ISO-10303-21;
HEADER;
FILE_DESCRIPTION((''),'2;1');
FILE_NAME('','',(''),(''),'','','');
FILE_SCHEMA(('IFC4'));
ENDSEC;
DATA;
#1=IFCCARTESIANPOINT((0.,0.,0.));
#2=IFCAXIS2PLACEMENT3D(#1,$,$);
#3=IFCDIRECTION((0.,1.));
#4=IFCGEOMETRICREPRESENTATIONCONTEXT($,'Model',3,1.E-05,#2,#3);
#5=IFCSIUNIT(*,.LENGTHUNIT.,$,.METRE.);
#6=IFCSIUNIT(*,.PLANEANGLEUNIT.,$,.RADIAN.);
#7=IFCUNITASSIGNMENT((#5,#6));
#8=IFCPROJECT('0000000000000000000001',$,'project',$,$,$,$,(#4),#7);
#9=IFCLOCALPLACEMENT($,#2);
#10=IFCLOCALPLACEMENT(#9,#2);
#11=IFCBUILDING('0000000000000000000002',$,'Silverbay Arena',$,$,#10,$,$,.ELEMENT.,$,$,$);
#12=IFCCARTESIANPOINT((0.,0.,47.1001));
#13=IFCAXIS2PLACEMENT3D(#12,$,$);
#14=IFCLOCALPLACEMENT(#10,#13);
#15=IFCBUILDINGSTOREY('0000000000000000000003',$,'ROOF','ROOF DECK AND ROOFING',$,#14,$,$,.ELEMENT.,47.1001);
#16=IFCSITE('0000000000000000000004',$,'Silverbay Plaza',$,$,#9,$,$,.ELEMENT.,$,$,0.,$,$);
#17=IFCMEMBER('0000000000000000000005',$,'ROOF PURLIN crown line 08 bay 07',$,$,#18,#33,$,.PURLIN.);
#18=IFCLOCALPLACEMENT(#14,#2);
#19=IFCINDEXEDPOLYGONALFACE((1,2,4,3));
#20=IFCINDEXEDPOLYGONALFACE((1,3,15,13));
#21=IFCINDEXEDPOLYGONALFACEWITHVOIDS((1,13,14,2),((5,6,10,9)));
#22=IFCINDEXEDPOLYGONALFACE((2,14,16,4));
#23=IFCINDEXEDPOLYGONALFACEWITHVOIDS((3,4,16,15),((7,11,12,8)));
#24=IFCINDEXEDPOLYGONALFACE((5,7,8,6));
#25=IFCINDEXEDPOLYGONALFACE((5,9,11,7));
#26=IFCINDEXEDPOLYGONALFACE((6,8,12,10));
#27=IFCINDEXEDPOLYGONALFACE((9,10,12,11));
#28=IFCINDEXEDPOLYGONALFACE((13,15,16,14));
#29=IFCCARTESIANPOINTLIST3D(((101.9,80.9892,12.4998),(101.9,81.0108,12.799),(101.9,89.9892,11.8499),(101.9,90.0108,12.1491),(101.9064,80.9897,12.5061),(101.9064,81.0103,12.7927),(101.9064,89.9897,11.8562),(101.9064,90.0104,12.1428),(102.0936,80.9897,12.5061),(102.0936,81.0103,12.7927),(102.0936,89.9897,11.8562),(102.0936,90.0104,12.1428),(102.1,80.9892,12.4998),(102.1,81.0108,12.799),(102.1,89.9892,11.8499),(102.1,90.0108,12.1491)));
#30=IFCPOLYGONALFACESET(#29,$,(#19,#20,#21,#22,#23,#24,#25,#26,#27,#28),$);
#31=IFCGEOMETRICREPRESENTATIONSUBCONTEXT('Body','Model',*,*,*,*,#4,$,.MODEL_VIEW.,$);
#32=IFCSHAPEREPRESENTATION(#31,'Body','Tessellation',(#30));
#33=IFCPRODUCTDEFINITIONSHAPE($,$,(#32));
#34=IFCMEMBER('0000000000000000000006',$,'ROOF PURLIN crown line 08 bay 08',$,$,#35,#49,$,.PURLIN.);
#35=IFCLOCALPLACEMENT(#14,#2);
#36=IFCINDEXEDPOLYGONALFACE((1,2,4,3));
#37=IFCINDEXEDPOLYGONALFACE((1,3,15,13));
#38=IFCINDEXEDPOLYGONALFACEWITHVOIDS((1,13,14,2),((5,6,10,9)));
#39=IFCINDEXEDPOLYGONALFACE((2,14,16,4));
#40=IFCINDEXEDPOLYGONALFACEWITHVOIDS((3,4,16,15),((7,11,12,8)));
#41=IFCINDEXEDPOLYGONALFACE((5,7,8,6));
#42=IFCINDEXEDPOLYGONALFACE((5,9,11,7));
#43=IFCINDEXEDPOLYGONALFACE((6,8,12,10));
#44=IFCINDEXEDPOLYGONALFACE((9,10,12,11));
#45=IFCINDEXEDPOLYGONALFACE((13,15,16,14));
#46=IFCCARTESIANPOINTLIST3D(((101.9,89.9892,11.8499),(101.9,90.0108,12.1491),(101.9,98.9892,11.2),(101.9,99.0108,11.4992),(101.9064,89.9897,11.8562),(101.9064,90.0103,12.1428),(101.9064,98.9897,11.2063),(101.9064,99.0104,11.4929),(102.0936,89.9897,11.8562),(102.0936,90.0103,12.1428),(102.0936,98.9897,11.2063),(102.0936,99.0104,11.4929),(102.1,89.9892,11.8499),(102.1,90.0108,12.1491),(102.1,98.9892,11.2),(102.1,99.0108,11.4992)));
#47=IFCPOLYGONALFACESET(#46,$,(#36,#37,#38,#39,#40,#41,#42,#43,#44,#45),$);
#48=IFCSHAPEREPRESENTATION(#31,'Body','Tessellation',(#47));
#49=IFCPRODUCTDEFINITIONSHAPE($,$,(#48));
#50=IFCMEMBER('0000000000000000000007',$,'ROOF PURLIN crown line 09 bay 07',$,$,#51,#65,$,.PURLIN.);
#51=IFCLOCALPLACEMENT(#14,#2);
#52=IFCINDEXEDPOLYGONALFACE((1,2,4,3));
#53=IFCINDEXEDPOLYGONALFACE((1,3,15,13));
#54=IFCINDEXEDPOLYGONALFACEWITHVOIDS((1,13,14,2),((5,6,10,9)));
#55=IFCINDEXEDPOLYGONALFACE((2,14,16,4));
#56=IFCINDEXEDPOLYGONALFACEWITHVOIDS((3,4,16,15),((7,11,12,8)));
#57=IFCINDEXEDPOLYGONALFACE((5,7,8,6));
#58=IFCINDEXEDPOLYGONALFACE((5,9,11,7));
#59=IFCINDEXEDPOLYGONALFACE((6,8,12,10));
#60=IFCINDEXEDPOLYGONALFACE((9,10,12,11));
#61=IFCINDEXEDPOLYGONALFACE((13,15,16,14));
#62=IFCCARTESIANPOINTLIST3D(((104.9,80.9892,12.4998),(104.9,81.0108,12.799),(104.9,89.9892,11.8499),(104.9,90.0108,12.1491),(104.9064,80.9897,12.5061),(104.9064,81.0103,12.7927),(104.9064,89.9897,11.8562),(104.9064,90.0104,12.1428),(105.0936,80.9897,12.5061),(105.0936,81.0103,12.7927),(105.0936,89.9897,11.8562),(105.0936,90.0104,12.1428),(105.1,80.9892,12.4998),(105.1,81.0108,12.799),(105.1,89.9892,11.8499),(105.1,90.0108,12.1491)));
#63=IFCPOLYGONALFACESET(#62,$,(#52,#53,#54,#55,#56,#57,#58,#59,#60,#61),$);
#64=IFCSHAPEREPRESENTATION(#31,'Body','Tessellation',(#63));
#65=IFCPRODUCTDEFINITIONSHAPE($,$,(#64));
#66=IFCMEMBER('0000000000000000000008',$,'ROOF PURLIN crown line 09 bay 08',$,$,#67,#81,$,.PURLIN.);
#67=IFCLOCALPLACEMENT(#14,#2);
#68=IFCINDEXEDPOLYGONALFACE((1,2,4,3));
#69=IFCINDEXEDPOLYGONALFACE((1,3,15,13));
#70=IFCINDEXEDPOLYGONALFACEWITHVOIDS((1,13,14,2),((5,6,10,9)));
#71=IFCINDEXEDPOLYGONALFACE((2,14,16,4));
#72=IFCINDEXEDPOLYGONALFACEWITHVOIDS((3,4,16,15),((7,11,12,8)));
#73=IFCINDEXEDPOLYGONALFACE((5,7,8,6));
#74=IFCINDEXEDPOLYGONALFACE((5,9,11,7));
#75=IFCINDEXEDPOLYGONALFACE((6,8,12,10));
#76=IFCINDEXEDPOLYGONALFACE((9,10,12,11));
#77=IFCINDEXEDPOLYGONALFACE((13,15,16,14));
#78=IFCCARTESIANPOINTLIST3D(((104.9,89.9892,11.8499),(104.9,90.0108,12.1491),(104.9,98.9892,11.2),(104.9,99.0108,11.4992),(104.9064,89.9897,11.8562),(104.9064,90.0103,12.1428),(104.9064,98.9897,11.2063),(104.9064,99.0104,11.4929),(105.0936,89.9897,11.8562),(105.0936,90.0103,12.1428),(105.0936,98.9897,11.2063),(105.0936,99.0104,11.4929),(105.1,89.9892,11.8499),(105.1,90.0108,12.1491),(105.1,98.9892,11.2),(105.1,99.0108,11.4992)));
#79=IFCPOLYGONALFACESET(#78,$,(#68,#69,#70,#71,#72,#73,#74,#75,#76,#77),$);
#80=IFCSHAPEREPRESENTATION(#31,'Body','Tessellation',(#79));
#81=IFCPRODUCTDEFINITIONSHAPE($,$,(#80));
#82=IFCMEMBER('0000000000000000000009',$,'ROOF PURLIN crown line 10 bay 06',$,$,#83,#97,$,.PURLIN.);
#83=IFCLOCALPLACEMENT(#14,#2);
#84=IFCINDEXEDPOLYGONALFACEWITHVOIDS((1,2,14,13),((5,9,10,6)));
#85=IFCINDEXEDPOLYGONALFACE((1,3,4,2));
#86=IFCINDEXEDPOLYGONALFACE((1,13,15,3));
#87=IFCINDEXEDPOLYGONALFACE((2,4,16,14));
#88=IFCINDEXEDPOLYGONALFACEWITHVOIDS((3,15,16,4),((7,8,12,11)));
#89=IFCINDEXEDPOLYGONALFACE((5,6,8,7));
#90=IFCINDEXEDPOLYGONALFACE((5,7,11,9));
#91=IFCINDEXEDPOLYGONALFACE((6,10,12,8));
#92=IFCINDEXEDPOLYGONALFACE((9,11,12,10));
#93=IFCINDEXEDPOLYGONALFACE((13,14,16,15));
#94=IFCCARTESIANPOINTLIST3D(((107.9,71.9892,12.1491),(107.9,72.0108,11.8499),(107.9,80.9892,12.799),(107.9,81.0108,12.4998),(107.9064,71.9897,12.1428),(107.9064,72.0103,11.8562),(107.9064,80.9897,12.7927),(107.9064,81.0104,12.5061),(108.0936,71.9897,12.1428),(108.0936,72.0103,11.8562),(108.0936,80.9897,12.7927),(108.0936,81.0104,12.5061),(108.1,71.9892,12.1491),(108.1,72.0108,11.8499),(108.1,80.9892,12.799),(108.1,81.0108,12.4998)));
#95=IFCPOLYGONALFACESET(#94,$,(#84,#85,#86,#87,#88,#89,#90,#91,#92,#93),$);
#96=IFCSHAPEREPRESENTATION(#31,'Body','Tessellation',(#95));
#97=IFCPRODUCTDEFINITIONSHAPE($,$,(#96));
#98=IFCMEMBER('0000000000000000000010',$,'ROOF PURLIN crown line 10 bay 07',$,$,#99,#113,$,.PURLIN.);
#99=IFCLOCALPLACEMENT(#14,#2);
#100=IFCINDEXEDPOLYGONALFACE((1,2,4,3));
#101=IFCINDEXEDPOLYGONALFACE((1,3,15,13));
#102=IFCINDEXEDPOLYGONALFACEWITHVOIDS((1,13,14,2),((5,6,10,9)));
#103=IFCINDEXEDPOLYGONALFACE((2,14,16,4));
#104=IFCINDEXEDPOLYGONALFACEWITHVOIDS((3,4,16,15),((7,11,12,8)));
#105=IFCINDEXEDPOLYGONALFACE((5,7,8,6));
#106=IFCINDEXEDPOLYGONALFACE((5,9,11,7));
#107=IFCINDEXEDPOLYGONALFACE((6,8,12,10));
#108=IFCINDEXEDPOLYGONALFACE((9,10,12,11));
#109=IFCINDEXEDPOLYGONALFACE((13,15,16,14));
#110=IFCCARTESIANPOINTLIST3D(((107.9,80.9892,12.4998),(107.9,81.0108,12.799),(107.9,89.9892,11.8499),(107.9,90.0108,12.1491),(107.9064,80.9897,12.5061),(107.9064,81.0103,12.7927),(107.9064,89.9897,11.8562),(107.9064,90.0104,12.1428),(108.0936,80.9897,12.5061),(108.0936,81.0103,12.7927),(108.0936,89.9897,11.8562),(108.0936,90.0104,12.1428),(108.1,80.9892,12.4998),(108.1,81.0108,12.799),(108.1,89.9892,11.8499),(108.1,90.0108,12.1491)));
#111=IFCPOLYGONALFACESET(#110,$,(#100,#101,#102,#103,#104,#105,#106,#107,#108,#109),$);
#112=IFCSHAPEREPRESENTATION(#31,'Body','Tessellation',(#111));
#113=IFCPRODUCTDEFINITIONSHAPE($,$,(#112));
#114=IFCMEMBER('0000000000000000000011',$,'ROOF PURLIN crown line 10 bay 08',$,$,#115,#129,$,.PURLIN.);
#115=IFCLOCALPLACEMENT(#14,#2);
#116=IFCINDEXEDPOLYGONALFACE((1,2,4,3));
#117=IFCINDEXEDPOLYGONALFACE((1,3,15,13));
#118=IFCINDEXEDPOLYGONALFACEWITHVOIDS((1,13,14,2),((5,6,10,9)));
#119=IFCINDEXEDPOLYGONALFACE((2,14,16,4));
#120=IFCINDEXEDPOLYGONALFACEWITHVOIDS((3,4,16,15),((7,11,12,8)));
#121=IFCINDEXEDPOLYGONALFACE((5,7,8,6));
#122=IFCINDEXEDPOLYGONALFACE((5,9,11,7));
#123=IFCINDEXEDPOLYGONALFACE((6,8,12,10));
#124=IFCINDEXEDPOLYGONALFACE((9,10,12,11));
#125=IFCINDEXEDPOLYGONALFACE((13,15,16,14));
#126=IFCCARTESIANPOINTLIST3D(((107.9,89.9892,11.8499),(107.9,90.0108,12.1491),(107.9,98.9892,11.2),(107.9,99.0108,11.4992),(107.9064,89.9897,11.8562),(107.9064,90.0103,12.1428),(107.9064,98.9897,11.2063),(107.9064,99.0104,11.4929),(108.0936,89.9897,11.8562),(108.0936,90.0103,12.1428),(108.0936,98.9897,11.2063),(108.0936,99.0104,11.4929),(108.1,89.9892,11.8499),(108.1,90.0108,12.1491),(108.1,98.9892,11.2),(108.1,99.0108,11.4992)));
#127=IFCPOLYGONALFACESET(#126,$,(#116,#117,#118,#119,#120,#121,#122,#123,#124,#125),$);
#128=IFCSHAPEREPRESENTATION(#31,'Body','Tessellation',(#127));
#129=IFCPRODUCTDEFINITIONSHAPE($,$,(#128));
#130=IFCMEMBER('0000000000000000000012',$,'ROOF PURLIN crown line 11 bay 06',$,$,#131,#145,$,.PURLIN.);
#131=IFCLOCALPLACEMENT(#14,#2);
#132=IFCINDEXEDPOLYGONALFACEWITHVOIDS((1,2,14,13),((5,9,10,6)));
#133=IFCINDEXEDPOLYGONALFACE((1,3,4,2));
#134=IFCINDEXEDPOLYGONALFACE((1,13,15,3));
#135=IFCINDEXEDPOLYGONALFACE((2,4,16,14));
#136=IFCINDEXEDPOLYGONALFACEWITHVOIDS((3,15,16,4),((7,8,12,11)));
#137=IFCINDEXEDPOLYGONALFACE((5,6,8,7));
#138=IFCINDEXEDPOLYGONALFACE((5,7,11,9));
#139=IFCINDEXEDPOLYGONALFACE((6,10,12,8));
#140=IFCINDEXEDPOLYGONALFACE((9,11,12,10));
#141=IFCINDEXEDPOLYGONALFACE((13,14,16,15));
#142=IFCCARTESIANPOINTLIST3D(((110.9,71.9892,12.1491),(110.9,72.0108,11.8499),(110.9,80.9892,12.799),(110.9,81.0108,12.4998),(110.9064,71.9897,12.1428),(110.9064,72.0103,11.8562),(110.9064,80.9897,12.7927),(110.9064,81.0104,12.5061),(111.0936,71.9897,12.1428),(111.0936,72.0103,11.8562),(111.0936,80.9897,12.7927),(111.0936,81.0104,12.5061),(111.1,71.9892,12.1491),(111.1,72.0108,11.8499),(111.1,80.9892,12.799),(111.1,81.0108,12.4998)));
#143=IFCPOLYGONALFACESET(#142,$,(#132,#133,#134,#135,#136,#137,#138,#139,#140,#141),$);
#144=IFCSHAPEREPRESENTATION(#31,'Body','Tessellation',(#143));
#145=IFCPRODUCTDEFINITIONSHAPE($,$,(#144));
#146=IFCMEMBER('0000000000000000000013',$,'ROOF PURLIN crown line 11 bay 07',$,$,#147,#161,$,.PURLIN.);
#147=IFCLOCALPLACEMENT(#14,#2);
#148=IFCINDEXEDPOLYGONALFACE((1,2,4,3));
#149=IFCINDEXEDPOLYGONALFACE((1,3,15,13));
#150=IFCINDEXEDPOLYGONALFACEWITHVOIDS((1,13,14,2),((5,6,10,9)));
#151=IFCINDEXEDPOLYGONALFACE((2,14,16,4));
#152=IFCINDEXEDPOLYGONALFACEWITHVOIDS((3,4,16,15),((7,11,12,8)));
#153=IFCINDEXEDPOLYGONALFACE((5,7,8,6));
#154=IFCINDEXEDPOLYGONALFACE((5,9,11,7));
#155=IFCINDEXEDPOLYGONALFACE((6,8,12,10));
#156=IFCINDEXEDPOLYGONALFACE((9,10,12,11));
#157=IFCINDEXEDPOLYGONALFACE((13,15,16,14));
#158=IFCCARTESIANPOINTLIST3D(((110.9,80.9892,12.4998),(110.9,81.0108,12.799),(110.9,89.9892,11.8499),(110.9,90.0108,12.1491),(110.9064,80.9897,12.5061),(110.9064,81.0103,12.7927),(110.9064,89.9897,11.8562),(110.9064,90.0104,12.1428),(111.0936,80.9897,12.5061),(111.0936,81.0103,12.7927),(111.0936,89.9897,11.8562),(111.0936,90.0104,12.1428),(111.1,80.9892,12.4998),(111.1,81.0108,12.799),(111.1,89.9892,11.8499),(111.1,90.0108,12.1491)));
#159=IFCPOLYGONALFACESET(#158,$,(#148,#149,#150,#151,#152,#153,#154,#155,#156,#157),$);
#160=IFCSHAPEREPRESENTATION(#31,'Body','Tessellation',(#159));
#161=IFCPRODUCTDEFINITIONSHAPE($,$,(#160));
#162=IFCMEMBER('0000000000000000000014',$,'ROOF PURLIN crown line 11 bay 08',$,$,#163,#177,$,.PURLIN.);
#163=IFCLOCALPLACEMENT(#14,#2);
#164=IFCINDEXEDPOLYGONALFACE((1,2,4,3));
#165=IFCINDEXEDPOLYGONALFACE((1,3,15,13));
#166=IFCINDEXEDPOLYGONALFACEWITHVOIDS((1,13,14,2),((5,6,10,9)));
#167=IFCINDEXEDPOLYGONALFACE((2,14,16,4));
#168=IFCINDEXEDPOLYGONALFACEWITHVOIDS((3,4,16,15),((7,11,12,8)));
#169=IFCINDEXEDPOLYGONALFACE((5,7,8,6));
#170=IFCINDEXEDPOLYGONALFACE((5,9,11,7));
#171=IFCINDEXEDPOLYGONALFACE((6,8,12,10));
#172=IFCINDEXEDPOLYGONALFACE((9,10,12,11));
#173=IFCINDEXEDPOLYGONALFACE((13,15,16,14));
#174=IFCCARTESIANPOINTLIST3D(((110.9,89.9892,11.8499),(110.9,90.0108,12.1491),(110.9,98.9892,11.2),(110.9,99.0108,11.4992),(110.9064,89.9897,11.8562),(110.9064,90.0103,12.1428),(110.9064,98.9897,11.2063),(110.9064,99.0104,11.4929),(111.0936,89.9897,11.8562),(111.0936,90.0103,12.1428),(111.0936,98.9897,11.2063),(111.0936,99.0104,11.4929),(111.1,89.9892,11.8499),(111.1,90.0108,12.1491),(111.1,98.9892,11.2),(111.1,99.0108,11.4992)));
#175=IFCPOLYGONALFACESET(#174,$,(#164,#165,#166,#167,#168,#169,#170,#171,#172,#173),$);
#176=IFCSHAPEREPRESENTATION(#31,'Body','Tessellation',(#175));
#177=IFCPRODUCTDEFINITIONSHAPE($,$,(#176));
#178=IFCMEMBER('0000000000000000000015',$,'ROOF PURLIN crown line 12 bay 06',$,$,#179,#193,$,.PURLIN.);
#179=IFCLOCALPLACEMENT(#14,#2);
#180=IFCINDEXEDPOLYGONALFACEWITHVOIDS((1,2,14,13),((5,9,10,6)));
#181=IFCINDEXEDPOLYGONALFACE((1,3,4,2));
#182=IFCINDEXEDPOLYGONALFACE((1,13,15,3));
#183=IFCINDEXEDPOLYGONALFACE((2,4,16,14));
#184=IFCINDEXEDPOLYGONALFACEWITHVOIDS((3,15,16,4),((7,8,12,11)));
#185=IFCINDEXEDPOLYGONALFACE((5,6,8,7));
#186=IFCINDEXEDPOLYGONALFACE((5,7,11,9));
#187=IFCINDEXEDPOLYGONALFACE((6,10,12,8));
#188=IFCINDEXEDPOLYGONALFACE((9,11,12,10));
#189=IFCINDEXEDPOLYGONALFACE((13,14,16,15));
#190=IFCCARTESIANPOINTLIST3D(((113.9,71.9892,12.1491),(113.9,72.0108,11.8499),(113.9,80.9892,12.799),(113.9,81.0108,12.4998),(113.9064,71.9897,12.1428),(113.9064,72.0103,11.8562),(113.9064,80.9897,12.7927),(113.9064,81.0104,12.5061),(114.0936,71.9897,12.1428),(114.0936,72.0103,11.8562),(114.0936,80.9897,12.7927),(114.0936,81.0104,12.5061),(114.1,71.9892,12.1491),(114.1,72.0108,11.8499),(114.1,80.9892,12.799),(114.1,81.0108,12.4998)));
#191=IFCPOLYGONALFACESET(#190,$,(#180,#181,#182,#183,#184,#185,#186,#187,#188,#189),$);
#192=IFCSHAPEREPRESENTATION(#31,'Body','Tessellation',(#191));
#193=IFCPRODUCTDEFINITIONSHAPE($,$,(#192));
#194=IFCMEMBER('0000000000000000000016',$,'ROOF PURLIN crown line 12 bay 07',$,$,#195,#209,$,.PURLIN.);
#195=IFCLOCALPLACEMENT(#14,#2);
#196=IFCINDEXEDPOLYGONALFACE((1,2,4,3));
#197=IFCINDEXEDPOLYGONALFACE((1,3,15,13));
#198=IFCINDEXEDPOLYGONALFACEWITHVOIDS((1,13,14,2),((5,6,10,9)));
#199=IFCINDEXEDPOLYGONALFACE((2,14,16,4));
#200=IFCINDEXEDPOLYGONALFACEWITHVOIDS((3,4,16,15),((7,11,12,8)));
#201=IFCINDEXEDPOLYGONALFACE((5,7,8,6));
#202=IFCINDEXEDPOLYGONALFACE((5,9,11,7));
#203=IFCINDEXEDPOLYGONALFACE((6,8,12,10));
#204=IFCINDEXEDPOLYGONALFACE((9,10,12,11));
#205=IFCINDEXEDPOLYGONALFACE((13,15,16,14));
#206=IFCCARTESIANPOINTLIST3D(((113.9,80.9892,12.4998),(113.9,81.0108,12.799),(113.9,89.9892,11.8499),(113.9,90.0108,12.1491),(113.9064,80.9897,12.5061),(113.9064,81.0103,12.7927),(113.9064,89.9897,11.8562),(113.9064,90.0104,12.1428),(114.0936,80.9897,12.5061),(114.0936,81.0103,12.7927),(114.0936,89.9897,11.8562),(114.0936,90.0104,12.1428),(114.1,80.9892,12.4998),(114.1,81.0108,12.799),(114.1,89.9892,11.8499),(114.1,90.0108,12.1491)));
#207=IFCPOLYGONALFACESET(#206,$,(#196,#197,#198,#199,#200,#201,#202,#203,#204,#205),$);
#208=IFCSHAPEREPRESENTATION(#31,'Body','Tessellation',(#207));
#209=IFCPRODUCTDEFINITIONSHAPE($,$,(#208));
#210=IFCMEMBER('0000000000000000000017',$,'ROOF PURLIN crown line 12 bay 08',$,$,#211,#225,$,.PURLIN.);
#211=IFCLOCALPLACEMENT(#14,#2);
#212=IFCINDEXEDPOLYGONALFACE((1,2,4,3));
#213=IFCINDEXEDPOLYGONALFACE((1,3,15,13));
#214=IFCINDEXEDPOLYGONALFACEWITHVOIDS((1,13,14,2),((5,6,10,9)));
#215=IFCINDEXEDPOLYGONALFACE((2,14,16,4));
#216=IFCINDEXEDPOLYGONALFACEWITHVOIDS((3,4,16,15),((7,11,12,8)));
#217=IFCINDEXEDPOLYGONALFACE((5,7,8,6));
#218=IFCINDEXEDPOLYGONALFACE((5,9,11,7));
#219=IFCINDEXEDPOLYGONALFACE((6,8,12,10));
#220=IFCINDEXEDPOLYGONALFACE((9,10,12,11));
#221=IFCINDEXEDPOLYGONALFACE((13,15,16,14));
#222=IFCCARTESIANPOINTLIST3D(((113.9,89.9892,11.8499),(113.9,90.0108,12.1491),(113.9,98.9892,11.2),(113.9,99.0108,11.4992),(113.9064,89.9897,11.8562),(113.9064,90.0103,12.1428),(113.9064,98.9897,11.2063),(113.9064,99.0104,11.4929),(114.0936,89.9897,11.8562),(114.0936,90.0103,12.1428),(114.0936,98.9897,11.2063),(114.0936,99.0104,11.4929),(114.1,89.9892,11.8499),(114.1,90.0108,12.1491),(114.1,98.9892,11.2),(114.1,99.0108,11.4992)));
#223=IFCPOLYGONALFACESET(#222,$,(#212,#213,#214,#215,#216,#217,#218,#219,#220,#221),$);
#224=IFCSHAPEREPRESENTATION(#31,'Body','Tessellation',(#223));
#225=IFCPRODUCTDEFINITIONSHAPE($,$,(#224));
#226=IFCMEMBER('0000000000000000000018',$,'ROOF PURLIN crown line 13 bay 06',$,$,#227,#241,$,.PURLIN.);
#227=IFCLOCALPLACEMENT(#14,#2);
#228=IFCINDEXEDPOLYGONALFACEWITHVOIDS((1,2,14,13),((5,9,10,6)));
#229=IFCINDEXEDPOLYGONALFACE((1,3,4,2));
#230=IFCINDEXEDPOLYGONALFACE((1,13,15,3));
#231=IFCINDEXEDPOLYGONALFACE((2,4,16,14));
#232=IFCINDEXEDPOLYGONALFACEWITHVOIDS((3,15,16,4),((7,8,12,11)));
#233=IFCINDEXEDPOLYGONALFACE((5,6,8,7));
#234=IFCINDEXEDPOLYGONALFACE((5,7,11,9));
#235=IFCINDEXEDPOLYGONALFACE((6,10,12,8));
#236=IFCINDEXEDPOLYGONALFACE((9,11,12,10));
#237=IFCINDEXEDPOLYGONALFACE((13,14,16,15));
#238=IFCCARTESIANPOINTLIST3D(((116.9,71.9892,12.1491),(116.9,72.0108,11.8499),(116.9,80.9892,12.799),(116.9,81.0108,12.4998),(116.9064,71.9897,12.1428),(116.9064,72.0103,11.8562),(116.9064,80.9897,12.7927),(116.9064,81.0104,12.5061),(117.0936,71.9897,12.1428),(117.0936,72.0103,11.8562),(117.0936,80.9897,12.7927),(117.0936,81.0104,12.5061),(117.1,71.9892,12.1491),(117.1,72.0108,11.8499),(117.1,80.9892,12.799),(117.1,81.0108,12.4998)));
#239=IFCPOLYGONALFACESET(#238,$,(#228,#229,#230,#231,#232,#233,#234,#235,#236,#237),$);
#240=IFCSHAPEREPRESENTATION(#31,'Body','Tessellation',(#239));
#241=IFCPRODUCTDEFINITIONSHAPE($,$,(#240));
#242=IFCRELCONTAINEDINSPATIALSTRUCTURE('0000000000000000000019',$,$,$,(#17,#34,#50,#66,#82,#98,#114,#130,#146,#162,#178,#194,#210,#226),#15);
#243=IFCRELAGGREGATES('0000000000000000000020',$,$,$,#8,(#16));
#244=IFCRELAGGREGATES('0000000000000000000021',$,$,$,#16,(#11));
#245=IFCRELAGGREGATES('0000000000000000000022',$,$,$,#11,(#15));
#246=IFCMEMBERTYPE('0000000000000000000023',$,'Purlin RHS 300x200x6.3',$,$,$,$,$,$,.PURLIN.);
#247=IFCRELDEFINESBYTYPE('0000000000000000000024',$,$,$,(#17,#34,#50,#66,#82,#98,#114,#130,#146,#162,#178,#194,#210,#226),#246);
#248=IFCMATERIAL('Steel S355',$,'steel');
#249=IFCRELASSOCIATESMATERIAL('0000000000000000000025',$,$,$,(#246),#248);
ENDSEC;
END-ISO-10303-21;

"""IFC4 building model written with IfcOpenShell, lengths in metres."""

from ifc_helpers import new_model, si_unit, direction, frame, origin, origin_2d, place, context, subcontext, project, spatial, hollow_rectangle, extrude, material, material_profile, profile_set, type_object, element, save


model = new_model("IFC4")

# Units and contexts
model_context = context("Model", 3, precision=1e-05, world=origin(), true_north=direction((0.0, 1.0)))
body_context = subcontext(model_context, "Body", "Model", "MODEL_VIEW")
ifc_project = project(units=[si_unit("LENGTHUNIT", "METRE"), si_unit("PLANEANGLEUNIT", "RADIAN")], contexts=[model_context])

# Site, building, storey
site_placement = place(None, origin())
site = spatial("IfcSite", under=ifc_project, at=site_placement, Name="Silverbay Plaza", CompositionType="ELEMENT", RefElevation=0.0)
building_placement = place(site_placement, origin())
building = spatial("IfcBuilding", under=site, at=building_placement, Name="Silverbay Arena", CompositionType="ELEMENT")
storey_placement = place(building_placement, frame((0.0, 0.0, 47.1001)))
storey = spatial("IfcBuildingStorey", under=building, at=storey_placement, Name="ROOF", Description="ROOF DECK AND ROOFING", CompositionType="ELEMENT", Elevation=47.1001)

# Members
ifc_material_1 = material(Name="Steel S355", Category="steel")
ifc_material_profile_1 = material_profile(ifc_material_1, hollow_rectangle(XDim=0.2, YDim=0.3, WallThickness=0.0063, at=origin_2d()), Name="RHS 300x200x6.3")
ifc_profile_set_1 = profile_set([ifc_material_profile_1], Name="Steel S355")
member_type_1 = type_object("IfcMemberType", Name="Purlin RHS 300x200x6.3", PredefinedType="PURLIN", material=ifc_profile_set_1)
for number, where, z_axis, x_axis, name in (
    (1, (102.0, 81.0, 12.6494), (0.0, 0.997403, -0.072024), (-1.0, 0.0, 0.0), "ROOF PURLIN crown line 08 bay 07"),
    (2, (102.0, 90.0, 11.9995), (0.0, 0.997403, -0.072024), (-1.0, 0.0, 0.0), "ROOF PURLIN crown line 08 bay 08"),
    (3, (105.0, 81.0, 12.6494), (0.0, 0.997403, -0.072024), (-1.0, 0.0, 0.0), "ROOF PURLIN crown line 09 bay 07"),
    (4, (105.0, 90.0, 11.9995), (0.0, 0.997403, -0.072024), (-1.0, 0.0, 0.0), "ROOF PURLIN crown line 09 bay 08"),
    (5, (108.0, 72.0, 11.9995), (0.0, 0.997403, 0.072024), (-1.0, 0.0, 0.0), "ROOF PURLIN crown line 10 bay 06"),
    (6, (108.0, 81.0, 12.6494), (0.0, 0.997403, -0.072024), (-1.0, 0.0, 0.0), "ROOF PURLIN crown line 10 bay 07"),
    (7, (108.0, 90.0, 11.9995), (0.0, 0.997403, -0.072024), (-1.0, 0.0, 0.0), "ROOF PURLIN crown line 10 bay 08"),
    (8, (111.0, 72.0, 11.9995), (0.0, 0.997403, 0.072024), (-1.0, 0.0, 0.0), "ROOF PURLIN crown line 11 bay 06"),
    (9, (111.0, 81.0, 12.6494), (0.0, 0.997403, -0.072024), (-1.0, 0.0, 0.0), "ROOF PURLIN crown line 11 bay 07"),
    (10, (111.0, 90.0, 11.9995), (0.0, 0.997403, -0.072024), (-1.0, 0.0, 0.0), "ROOF PURLIN crown line 11 bay 08"),
    (11, (114.0, 72.0, 11.9995), (0.0, 0.997403, 0.072024), (-1.0, 0.0, 0.0), "ROOF PURLIN crown line 12 bay 06"),
    (12, (114.0, 81.0, 12.6494), (0.0, 0.997403, -0.072024), (-1.0, 0.0, 0.0), "ROOF PURLIN crown line 12 bay 07"),
    (13, (114.0, 90.0, 11.9995), (0.0, 0.997403, -0.072024), (-1.0, 0.0, 0.0), "ROOF PURLIN crown line 12 bay 08"),
    (14, (117.0, 72.0, 11.9995), (0.0, 0.997403, 0.072024), (-1.0, 0.0, 0.0), "ROOF PURLIN crown line 13 bay 06"),
):
    element("IfcMember", number, at=place(storey_placement, frame(where, z_axis=z_axis, x_axis=x_axis)), inside=storey, type_object=member_type_1, Name=name, PredefinedType="PURLIN", context=body_context, shape_type="SweptSolid", body=[
        extrude(hollow_rectangle(XDim=0.2, YDim=0.3, WallThickness=0.0063, at=origin_2d()), origin(), (0.0, 0.0, 1.0), 9.0234),
    ])

save(model, "model.ifc")
